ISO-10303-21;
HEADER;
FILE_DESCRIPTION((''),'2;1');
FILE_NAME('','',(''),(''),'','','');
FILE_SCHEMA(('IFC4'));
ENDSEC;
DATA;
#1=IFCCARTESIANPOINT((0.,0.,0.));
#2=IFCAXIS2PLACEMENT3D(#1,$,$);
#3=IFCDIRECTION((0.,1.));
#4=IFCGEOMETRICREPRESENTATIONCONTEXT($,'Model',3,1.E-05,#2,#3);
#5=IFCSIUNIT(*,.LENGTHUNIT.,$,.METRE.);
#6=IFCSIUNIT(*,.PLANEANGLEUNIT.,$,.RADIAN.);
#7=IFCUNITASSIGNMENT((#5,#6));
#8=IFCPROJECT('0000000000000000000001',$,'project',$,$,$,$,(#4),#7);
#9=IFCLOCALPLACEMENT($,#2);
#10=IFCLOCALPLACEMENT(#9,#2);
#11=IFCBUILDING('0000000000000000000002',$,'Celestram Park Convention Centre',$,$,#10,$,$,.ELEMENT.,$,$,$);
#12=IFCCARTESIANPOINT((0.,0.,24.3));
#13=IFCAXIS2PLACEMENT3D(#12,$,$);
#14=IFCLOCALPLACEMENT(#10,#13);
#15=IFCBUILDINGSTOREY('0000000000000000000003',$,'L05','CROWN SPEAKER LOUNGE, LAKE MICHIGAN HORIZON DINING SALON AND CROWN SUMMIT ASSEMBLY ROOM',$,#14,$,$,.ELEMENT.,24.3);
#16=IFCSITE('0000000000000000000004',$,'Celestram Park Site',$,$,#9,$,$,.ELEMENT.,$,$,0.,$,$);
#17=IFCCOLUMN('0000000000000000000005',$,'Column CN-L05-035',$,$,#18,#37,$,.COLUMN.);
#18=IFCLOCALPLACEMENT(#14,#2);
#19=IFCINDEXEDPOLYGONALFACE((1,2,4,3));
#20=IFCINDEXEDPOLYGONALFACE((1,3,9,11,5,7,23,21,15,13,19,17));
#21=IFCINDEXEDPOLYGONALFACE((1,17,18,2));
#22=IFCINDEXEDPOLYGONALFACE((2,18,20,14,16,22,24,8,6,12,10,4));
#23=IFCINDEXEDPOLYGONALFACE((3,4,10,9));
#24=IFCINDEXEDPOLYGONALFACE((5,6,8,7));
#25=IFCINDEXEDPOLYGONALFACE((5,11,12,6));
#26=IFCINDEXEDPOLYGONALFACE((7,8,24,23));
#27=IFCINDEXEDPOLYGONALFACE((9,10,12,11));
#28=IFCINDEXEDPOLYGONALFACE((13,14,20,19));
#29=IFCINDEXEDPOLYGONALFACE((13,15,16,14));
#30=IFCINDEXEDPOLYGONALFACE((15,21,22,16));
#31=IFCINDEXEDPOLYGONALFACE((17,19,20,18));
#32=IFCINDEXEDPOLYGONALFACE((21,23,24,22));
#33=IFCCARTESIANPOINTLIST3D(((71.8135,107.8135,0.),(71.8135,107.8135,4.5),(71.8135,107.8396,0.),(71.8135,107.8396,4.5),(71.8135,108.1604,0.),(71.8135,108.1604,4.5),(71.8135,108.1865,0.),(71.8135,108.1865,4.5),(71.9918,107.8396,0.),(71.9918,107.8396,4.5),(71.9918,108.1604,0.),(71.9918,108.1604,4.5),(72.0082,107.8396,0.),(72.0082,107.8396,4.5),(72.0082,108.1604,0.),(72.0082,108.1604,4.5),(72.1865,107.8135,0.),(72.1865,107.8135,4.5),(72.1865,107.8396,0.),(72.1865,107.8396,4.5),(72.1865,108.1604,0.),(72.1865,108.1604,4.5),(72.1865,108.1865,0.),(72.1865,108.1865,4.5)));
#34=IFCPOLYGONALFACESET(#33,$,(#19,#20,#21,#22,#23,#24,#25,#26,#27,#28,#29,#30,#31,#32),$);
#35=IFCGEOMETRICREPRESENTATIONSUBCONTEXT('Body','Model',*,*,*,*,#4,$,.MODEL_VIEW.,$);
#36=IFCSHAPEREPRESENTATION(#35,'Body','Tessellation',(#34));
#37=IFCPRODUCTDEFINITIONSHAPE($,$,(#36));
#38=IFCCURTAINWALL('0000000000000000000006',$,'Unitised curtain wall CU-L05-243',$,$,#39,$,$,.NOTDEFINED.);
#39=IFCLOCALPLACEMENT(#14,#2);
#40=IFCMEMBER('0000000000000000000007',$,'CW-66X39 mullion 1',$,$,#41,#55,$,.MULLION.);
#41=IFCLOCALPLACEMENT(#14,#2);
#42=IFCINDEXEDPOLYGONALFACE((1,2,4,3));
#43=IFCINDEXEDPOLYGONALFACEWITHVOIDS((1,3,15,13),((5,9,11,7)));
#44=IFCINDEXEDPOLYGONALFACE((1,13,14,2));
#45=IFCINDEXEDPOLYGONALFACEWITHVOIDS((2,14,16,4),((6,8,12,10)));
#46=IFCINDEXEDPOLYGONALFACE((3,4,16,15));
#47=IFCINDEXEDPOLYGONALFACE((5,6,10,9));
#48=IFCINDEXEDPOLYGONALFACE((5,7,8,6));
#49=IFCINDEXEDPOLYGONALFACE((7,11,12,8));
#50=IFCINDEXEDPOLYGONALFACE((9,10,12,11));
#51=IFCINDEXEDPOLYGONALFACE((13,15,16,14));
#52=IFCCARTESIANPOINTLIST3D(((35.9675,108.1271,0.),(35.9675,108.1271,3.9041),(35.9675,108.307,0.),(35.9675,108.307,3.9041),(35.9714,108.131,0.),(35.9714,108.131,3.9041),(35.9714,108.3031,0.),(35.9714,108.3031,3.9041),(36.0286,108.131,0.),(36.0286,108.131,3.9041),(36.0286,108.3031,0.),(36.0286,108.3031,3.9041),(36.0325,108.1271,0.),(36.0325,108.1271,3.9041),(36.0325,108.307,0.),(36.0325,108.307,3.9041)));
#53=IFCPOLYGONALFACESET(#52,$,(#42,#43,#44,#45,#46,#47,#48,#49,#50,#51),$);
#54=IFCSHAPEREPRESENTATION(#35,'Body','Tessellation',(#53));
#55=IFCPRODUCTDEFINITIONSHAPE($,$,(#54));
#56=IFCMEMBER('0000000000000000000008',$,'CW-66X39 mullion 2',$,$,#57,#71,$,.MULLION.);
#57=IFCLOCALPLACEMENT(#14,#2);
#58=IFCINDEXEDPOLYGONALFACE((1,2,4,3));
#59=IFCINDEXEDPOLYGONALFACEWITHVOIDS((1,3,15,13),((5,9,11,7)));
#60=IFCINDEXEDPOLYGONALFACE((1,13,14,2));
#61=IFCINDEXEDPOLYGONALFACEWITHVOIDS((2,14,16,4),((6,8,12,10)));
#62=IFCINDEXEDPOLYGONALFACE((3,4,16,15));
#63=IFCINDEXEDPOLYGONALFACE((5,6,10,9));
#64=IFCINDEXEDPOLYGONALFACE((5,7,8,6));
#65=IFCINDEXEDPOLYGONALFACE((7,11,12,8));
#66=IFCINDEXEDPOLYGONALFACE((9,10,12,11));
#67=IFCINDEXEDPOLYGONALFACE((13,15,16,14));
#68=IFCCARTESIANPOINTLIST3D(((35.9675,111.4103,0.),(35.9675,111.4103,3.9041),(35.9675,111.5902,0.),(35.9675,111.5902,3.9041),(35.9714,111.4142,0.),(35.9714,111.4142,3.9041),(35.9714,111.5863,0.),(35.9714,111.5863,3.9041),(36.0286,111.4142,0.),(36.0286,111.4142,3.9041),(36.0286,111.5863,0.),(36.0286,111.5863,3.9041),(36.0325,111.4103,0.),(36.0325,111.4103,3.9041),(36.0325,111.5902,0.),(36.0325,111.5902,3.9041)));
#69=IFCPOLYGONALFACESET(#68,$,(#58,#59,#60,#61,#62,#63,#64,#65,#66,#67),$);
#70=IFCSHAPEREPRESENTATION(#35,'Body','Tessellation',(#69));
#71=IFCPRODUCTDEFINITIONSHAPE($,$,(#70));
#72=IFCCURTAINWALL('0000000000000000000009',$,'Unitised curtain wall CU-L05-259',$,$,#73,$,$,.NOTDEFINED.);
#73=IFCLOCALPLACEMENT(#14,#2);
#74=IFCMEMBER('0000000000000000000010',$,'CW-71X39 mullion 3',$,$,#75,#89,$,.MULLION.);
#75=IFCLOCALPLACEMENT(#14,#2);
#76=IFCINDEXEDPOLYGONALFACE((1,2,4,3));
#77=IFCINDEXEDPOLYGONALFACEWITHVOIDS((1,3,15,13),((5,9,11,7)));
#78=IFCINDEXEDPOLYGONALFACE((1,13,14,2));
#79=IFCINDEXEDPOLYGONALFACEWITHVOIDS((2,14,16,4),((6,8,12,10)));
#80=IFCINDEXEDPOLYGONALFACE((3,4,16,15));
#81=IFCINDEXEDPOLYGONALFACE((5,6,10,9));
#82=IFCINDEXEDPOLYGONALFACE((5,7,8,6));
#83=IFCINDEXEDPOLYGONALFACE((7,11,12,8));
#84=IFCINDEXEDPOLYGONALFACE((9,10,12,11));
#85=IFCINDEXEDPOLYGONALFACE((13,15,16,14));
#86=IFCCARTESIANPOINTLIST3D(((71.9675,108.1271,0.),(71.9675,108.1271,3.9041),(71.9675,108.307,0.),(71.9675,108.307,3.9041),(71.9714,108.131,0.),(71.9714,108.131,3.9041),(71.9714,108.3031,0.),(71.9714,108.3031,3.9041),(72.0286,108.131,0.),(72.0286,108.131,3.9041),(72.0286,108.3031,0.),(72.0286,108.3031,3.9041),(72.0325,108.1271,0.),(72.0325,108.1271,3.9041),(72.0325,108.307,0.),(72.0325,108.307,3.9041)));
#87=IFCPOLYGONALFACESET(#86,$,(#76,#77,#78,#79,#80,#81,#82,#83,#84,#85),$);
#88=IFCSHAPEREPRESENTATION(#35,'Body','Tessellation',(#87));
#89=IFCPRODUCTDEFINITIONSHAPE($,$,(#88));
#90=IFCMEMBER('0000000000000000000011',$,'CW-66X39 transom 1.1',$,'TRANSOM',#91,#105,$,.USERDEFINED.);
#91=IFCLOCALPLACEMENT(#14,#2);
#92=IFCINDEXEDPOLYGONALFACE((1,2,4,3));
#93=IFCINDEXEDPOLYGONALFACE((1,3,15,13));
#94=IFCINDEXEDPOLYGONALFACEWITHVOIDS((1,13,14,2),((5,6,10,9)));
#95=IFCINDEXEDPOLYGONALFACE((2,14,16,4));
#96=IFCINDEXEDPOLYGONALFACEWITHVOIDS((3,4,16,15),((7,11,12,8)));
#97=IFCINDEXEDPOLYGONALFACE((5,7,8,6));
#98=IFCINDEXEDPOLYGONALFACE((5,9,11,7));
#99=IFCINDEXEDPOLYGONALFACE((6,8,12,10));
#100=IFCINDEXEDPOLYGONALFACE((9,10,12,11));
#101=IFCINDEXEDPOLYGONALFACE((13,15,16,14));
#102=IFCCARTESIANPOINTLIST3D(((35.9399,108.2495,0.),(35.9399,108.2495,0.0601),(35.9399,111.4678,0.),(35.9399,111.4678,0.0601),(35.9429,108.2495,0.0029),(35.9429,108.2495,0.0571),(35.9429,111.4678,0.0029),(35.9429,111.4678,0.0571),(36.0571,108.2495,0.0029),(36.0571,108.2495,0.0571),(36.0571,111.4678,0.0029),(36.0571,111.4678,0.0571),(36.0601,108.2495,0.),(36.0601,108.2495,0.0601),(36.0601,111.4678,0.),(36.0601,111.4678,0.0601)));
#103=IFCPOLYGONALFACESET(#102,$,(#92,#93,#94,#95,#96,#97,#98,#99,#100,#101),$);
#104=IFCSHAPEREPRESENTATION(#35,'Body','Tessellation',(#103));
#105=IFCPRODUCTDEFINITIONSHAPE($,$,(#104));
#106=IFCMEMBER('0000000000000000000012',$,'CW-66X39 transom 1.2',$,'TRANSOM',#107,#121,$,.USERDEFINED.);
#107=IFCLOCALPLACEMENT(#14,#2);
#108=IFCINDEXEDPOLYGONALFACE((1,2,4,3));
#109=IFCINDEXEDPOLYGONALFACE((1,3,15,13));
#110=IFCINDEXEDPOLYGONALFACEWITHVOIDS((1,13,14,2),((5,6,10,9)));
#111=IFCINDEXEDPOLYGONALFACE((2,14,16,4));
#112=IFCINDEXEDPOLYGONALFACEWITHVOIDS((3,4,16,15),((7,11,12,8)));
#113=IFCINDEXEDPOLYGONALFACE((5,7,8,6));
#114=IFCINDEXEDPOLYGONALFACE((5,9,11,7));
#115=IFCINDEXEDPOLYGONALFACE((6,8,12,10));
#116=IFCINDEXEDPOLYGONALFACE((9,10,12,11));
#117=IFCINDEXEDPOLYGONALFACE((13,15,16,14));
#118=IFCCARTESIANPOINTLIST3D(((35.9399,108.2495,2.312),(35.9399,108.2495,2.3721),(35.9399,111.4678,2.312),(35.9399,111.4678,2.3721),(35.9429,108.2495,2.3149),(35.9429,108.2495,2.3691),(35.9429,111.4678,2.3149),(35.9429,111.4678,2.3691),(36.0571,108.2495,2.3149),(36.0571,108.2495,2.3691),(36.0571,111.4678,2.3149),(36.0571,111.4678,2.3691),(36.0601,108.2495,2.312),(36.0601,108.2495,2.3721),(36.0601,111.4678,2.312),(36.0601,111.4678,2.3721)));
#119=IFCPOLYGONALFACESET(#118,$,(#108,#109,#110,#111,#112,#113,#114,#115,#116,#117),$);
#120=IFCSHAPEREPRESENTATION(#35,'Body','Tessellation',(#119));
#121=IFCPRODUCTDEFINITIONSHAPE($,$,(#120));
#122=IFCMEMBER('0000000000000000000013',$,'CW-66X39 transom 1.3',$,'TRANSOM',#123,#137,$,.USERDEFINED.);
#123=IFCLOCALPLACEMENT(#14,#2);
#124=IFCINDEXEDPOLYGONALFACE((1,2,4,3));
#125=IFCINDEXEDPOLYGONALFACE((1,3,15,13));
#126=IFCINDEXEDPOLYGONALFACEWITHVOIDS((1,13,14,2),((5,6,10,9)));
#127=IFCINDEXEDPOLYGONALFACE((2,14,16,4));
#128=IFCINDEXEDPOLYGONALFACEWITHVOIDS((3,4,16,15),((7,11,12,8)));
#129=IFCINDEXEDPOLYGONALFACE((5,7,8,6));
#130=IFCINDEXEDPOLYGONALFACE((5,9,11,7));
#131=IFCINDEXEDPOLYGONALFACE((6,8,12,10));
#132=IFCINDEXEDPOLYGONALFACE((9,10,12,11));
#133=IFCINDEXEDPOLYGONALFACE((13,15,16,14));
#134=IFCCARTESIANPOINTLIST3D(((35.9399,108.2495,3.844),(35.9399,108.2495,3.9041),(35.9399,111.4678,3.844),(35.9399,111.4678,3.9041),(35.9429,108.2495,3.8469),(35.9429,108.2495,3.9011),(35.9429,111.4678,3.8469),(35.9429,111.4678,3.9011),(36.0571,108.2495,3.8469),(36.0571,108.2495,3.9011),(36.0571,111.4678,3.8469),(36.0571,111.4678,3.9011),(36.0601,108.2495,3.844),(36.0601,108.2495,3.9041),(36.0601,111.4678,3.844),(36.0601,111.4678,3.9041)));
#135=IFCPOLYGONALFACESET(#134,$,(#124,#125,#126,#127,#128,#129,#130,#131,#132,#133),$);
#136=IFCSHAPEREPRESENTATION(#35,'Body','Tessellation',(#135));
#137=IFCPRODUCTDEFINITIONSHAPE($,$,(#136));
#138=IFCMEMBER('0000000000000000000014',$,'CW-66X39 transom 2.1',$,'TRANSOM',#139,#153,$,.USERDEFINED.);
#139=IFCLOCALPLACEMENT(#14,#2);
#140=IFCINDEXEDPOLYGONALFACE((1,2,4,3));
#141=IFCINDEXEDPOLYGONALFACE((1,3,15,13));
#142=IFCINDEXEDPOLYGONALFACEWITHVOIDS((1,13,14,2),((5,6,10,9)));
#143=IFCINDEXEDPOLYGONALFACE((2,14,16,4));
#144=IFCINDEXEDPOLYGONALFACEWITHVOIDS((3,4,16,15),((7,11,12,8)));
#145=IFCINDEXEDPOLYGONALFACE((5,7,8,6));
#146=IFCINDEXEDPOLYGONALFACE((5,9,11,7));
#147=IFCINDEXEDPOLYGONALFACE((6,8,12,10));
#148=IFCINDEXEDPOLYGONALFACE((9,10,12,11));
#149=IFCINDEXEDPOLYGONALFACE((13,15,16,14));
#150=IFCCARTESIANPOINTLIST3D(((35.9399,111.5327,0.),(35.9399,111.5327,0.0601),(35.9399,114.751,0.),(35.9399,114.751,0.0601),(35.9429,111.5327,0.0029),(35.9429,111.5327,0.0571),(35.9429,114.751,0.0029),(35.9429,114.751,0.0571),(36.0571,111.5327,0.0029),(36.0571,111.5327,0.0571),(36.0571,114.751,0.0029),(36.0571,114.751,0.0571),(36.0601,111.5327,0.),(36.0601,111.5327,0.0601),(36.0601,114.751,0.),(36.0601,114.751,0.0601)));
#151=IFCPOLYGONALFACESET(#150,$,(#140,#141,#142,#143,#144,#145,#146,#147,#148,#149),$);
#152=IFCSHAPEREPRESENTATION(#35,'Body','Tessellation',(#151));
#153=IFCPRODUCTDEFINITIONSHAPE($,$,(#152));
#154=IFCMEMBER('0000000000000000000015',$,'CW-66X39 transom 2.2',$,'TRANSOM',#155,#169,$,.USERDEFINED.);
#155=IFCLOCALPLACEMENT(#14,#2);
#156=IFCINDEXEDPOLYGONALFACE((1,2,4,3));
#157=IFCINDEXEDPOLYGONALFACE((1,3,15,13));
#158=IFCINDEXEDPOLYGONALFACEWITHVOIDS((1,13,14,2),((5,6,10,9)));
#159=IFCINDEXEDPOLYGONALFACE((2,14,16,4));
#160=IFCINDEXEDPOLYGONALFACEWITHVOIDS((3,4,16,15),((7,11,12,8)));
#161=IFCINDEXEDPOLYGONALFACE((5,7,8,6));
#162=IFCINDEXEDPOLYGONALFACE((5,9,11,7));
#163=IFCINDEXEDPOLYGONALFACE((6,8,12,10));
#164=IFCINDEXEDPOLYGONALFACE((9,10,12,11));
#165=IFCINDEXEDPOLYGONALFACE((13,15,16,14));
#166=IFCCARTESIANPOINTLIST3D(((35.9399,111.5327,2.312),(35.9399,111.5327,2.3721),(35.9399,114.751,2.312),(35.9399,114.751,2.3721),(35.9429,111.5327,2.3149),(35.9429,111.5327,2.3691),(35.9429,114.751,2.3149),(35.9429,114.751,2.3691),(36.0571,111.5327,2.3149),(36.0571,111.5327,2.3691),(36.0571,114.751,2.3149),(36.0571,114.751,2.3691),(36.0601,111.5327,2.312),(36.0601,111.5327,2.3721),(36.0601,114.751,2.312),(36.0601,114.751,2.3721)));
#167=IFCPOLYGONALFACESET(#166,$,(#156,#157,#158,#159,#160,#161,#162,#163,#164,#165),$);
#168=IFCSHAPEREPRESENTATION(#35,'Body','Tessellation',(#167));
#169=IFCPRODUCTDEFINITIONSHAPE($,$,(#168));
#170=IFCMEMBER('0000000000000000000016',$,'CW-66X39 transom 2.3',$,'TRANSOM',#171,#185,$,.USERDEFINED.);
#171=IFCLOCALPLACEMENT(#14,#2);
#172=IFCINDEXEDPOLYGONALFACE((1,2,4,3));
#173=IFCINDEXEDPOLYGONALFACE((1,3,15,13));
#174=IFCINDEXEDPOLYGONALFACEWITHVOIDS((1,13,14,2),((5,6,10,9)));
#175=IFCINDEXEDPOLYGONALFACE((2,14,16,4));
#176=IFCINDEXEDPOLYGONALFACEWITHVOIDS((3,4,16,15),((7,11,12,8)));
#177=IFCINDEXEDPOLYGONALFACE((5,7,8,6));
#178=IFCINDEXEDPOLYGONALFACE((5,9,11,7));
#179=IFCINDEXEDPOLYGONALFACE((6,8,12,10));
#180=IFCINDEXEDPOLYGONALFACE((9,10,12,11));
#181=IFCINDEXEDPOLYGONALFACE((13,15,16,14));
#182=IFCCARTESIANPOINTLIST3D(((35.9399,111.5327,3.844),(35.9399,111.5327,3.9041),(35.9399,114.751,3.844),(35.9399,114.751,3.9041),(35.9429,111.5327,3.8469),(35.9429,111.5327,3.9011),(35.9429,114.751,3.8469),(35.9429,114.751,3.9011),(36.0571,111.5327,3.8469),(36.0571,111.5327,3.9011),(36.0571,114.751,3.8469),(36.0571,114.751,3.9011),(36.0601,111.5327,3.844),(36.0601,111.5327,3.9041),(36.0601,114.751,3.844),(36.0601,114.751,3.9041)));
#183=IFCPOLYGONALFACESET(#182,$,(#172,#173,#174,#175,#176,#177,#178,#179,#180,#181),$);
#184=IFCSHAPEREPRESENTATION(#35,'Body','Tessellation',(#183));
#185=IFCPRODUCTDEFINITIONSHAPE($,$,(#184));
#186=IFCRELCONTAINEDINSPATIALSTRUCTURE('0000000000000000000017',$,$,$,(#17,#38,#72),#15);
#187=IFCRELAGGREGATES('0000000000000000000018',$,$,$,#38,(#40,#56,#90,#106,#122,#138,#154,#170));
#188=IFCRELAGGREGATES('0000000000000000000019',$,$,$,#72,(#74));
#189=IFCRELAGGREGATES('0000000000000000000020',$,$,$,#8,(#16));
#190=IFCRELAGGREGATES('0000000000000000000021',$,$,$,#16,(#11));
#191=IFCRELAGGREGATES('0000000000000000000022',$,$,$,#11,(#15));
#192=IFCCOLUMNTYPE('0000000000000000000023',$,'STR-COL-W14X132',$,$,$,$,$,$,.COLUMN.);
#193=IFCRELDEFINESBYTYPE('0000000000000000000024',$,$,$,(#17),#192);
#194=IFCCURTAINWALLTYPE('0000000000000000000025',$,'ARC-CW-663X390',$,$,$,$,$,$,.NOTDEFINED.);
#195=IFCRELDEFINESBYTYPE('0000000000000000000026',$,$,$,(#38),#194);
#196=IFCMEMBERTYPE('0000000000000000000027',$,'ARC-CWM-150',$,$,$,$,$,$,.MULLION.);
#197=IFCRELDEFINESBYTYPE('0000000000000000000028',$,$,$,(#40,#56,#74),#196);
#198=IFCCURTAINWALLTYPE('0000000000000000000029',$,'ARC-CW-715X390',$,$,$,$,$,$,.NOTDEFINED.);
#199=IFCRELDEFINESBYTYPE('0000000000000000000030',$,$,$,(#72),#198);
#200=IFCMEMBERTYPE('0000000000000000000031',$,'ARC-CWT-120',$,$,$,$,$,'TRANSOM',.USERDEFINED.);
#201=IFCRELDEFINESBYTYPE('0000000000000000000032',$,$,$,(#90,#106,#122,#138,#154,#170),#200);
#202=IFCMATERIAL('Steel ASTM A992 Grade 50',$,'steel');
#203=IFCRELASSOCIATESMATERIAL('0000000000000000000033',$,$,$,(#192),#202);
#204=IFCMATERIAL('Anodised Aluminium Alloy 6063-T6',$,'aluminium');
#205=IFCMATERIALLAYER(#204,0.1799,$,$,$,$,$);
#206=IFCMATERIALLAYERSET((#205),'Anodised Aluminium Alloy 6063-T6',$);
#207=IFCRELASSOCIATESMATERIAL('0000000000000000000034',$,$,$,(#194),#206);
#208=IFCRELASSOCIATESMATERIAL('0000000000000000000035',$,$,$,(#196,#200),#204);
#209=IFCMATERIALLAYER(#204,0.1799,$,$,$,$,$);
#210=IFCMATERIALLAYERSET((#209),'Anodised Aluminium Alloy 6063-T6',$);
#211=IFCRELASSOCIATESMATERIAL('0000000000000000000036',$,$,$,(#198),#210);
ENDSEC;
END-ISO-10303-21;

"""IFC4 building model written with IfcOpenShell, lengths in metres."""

from ifc_helpers import new_model, si_unit, direction, frame, origin, origin_2d, place, context, subcontext, project, spatial, hollow_rectangle, i_section, extrude, material, layer, layer_set, material_profile, profile_set, type_object, element, aggregate, save


model = new_model("IFC4")

# Units and contexts
model_context = context("Model", 3, precision=1e-05, world=origin(), true_north=direction((0.0, 1.0)))
body_context = subcontext(model_context, "Body", "Model", "MODEL_VIEW")
ifc_project = project(units=[si_unit("LENGTHUNIT", "METRE"), si_unit("PLANEANGLEUNIT", "RADIAN")], contexts=[model_context])

# Site, building, storey
site_placement = place(None, origin())
site = spatial("IfcSite", under=ifc_project, at=site_placement, Name="Celestram Park Site", CompositionType="ELEMENT", RefElevation=0.0)
building_placement = place(site_placement, origin())
building = spatial("IfcBuilding", under=site, at=building_placement, Name="Celestram Park Convention Centre", CompositionType="ELEMENT")
storey_placement = place(building_placement, frame((0.0, 0.0, 24.3)))
storey = spatial("IfcBuildingStorey", under=building, at=storey_placement, Name="L05", Description="CROWN SPEAKER LOUNGE, LAKE MICHIGAN HORIZON DINING SALON AND CROWN SUMMIT ASSEMBLY ROOM", CompositionType="ELEMENT", Elevation=24.3)

# Column
ifc_material_1 = material(Name="Steel ASTM A992 Grade 50", Category="steel")
ifc_material_profile_1 = material_profile(ifc_material_1, i_section(OverallWidth=0.373, OverallDepth=0.373, WebThickness=0.0164, FlangeThickness=0.0261, at=origin_2d()), Name="W14X132")
ifc_profile_set_1 = profile_set([ifc_material_profile_1], Name="Steel ASTM A992 Grade 50")
column_type = type_object("IfcColumnType", Name="STR-COL-W14X132", PredefinedType="COLUMN", material=ifc_profile_set_1)
column_placement = place(storey_placement, frame((72.0, 108.0, 0.0), z_axis=(0.0, 0.0, 1.0), x_axis=(1.0, 0.0, 0.0)))
element("IfcColumn", 1, at=column_placement, inside=storey, type_object=column_type, Name="Column CN-L05-035", PredefinedType="COLUMN", context=body_context, shape_type="SweptSolid", body=[
    extrude(i_section(OverallWidth=0.373, OverallDepth=0.373, WebThickness=0.0164, FlangeThickness=0.0261, at=origin_2d()), origin(), (0.0, 0.0, 1.0), 4.5),
])

# Curtain wall, members
ifc_material_2 = material(Name="Anodised Aluminium Alloy 6063-T6", Category="aluminium")
ifc_layer_1 = layer(ifc_material_2, 0.1799)
ifc_layer_set_1 = layer_set([ifc_layer_1], Name="Anodised Aluminium Alloy 6063-T6")
curtain_wall_type_1 = type_object("IfcCurtainWallType", Name="ARC-CW-663X390", PredefinedType="NOTDEFINED", material=ifc_layer_set_1)
curtain_wall_1_placement = place(storey_placement, origin())
curtain_wall_1 = element("IfcCurtainWall", 2, at=curtain_wall_1_placement, inside=storey, type_object=curtain_wall_type_1, Name="Unitised curtain wall CU-L05-243", PredefinedType="NOTDEFINED")
ifc_material_profile_2 = material_profile(ifc_material_2, hollow_rectangle(XDim=0.0649, YDim=0.1799, WallThickness=0.0039, at=origin_2d()), Name="ALU65X180X4")
ifc_profile_set_2 = profile_set([ifc_material_profile_2], Name="Anodised Aluminium Alloy 6063-T6")
member_type_1 = type_object("IfcMemberType", Name="ARC-CWM-150", PredefinedType="MULLION", material=ifc_profile_set_2)
member_1_placement = place(storey_placement, frame((36.0, 108.217, 0.0), z_axis=(0.0, 0.0, 1.0), x_axis=(-1.0, 0.0, 0.0)))
member_1 = element("IfcMember", 3, at=member_1_placement, type_object=member_type_1, Name="CW-66X39 mullion 1", PredefinedType="MULLION", context=body_context, shape_type="SweptSolid", body=[
    extrude(hollow_rectangle(XDim=0.0649, YDim=0.1799, WallThickness=0.0039, at=origin_2d()), origin(), (0.0, 0.0, 1.0), 3.9041),
])
member_2_placement = place(storey_placement, frame((36.0, 111.5002, 0.0), z_axis=(0.0, 0.0, 1.0), x_axis=(-1.0, 0.0, 0.0)))
member_2 = element("IfcMember", 4, at=member_2_placement, type_object=member_type_1, Name="CW-66X39 mullion 2", PredefinedType="MULLION", context=body_context, shape_type="SweptSolid", body=[
    extrude(hollow_rectangle(XDim=0.0649, YDim=0.1799, WallThickness=0.0039, at=origin_2d()), origin(), (0.0, 0.0, 1.0), 3.9041),
])

# Curtain wall, member
ifc_layer_2 = layer(ifc_material_2, 0.1799)
ifc_layer_set_2 = layer_set([ifc_layer_2], Name="Anodised Aluminium Alloy 6063-T6")
curtain_wall_type_2 = type_object("IfcCurtainWallType", Name="ARC-CW-715X390", PredefinedType="NOTDEFINED", material=ifc_layer_set_2)
curtain_wall_2_placement = place(storey_placement, origin())
curtain_wall_2 = element("IfcCurtainWall", 5, at=curtain_wall_2_placement, inside=storey, type_object=curtain_wall_type_2, Name="Unitised curtain wall CU-L05-259", PredefinedType="NOTDEFINED")
member_3_placement = place(storey_placement, frame((72.0, 108.217, 0.0), z_axis=(0.0, 0.0, 1.0), x_axis=(1.0, 0.0, 0.0)))
member_3 = element("IfcMember", 6, at=member_3_placement, type_object=member_type_1, Name="CW-71X39 mullion 3", PredefinedType="MULLION", context=body_context, shape_type="SweptSolid", body=[
    extrude(hollow_rectangle(XDim=0.0649, YDim=0.1799, WallThickness=0.0039, at=origin_2d()), origin(), (0.0, 0.0, 1.0), 3.9041),
])

# Members
ifc_material_profile_3 = material_profile(ifc_material_2, hollow_rectangle(XDim=0.1201, YDim=0.0601, WallThickness=0.0029, at=origin_2d()), Name="ALU120X60X3")
ifc_profile_set_3 = profile_set([ifc_material_profile_3], Name="Anodised Aluminium Alloy 6063-T6")
member_type_2 = type_object("IfcMemberType", Name="ARC-CWT-120", ElementType="TRANSOM", PredefinedType="USERDEFINED", material=ifc_profile_set_3)
member_4_placement = place(storey_placement, frame((36.0, 108.2495, 0.03), z_axis=(0.0, 1.0, 0.0), x_axis=(-1.0, 0.0, 0.0)))
member_4 = element("IfcMember", 7, at=member_4_placement, type_object=member_type_2, Name="CW-66X39 transom 1.1", ObjectType="TRANSOM", PredefinedType="USERDEFINED", context=body_context, shape_type="SweptSolid", body=[
    extrude(hollow_rectangle(XDim=0.1201, YDim=0.0601, WallThickness=0.0029, at=origin_2d()), origin(), (0.0, 0.0, 1.0), 3.2183),
])
member_5_placement = place(storey_placement, frame((36.0, 108.2495, 2.342), z_axis=(0.0, 1.0, 0.0), x_axis=(-1.0, 0.0, 0.0)))
member_5 = element("IfcMember", 8, at=member_5_placement, type_object=member_type_2, Name="CW-66X39 transom 1.2", ObjectType="TRANSOM", PredefinedType="USERDEFINED", context=body_context, shape_type="SweptSolid", body=[
    extrude(hollow_rectangle(XDim=0.1201, YDim=0.0601, WallThickness=0.0029, at=origin_2d()), origin(), (0.0, 0.0, 1.0), 3.2183),
])
member_6_placement = place(storey_placement, frame((36.0, 108.2495, 3.874), z_axis=(0.0, 1.0, 0.0), x_axis=(-1.0, 0.0, 0.0)))
member_6 = element("IfcMember", 9, at=member_6_placement, type_object=member_type_2, Name="CW-66X39 transom 1.3", ObjectType="TRANSOM", PredefinedType="USERDEFINED", context=body_context, shape_type="SweptSolid", body=[
    extrude(hollow_rectangle(XDim=0.1201, YDim=0.0601, WallThickness=0.0029, at=origin_2d()), origin(), (0.0, 0.0, 1.0), 3.2183),
])
member_7_placement = place(storey_placement, frame((36.0, 111.5327, 0.03), z_axis=(0.0, 1.0, 0.0), x_axis=(-1.0, 0.0, 0.0)))
member_7 = element("IfcMember", 10, at=member_7_placement, type_object=member_type_2, Name="CW-66X39 transom 2.1", ObjectType="TRANSOM", PredefinedType="USERDEFINED", context=body_context, shape_type="SweptSolid", body=[
    extrude(hollow_rectangle(XDim=0.1201, YDim=0.0601, WallThickness=0.0029, at=origin_2d()), origin(), (0.0, 0.0, 1.0), 3.2183),
])
member_8_placement = place(storey_placement, frame((36.0, 111.5327, 2.342), z_axis=(0.0, 1.0, 0.0), x_axis=(-1.0, 0.0, 0.0)))
member_8 = element("IfcMember", 11, at=member_8_placement, type_object=member_type_2, Name="CW-66X39 transom 2.2", ObjectType="TRANSOM", PredefinedType="USERDEFINED", context=body_context, shape_type="SweptSolid", body=[
    extrude(hollow_rectangle(XDim=0.1201, YDim=0.0601, WallThickness=0.0029, at=origin_2d()), origin(), (0.0, 0.0, 1.0), 3.2183),
])
member_9_placement = place(storey_placement, frame((36.0, 111.5327, 3.874), z_axis=(0.0, 1.0, 0.0), x_axis=(-1.0, 0.0, 0.0)))
member_9 = element("IfcMember", 12, at=member_9_placement, type_object=member_type_2, Name="CW-66X39 transom 2.3", ObjectType="TRANSOM", PredefinedType="USERDEFINED", context=body_context, shape_type="SweptSolid", body=[
    extrude(hollow_rectangle(XDim=0.1201, YDim=0.0601, WallThickness=0.0029, at=origin_2d()), origin(), (0.0, 0.0, 1.0), 3.2183),
])

aggregate(curtain_wall_1, [member_1, member_2, member_4, member_5, member_6, member_7, member_8, member_9])
aggregate(curtain_wall_2, [member_3])

save(model, "model.ifc")
